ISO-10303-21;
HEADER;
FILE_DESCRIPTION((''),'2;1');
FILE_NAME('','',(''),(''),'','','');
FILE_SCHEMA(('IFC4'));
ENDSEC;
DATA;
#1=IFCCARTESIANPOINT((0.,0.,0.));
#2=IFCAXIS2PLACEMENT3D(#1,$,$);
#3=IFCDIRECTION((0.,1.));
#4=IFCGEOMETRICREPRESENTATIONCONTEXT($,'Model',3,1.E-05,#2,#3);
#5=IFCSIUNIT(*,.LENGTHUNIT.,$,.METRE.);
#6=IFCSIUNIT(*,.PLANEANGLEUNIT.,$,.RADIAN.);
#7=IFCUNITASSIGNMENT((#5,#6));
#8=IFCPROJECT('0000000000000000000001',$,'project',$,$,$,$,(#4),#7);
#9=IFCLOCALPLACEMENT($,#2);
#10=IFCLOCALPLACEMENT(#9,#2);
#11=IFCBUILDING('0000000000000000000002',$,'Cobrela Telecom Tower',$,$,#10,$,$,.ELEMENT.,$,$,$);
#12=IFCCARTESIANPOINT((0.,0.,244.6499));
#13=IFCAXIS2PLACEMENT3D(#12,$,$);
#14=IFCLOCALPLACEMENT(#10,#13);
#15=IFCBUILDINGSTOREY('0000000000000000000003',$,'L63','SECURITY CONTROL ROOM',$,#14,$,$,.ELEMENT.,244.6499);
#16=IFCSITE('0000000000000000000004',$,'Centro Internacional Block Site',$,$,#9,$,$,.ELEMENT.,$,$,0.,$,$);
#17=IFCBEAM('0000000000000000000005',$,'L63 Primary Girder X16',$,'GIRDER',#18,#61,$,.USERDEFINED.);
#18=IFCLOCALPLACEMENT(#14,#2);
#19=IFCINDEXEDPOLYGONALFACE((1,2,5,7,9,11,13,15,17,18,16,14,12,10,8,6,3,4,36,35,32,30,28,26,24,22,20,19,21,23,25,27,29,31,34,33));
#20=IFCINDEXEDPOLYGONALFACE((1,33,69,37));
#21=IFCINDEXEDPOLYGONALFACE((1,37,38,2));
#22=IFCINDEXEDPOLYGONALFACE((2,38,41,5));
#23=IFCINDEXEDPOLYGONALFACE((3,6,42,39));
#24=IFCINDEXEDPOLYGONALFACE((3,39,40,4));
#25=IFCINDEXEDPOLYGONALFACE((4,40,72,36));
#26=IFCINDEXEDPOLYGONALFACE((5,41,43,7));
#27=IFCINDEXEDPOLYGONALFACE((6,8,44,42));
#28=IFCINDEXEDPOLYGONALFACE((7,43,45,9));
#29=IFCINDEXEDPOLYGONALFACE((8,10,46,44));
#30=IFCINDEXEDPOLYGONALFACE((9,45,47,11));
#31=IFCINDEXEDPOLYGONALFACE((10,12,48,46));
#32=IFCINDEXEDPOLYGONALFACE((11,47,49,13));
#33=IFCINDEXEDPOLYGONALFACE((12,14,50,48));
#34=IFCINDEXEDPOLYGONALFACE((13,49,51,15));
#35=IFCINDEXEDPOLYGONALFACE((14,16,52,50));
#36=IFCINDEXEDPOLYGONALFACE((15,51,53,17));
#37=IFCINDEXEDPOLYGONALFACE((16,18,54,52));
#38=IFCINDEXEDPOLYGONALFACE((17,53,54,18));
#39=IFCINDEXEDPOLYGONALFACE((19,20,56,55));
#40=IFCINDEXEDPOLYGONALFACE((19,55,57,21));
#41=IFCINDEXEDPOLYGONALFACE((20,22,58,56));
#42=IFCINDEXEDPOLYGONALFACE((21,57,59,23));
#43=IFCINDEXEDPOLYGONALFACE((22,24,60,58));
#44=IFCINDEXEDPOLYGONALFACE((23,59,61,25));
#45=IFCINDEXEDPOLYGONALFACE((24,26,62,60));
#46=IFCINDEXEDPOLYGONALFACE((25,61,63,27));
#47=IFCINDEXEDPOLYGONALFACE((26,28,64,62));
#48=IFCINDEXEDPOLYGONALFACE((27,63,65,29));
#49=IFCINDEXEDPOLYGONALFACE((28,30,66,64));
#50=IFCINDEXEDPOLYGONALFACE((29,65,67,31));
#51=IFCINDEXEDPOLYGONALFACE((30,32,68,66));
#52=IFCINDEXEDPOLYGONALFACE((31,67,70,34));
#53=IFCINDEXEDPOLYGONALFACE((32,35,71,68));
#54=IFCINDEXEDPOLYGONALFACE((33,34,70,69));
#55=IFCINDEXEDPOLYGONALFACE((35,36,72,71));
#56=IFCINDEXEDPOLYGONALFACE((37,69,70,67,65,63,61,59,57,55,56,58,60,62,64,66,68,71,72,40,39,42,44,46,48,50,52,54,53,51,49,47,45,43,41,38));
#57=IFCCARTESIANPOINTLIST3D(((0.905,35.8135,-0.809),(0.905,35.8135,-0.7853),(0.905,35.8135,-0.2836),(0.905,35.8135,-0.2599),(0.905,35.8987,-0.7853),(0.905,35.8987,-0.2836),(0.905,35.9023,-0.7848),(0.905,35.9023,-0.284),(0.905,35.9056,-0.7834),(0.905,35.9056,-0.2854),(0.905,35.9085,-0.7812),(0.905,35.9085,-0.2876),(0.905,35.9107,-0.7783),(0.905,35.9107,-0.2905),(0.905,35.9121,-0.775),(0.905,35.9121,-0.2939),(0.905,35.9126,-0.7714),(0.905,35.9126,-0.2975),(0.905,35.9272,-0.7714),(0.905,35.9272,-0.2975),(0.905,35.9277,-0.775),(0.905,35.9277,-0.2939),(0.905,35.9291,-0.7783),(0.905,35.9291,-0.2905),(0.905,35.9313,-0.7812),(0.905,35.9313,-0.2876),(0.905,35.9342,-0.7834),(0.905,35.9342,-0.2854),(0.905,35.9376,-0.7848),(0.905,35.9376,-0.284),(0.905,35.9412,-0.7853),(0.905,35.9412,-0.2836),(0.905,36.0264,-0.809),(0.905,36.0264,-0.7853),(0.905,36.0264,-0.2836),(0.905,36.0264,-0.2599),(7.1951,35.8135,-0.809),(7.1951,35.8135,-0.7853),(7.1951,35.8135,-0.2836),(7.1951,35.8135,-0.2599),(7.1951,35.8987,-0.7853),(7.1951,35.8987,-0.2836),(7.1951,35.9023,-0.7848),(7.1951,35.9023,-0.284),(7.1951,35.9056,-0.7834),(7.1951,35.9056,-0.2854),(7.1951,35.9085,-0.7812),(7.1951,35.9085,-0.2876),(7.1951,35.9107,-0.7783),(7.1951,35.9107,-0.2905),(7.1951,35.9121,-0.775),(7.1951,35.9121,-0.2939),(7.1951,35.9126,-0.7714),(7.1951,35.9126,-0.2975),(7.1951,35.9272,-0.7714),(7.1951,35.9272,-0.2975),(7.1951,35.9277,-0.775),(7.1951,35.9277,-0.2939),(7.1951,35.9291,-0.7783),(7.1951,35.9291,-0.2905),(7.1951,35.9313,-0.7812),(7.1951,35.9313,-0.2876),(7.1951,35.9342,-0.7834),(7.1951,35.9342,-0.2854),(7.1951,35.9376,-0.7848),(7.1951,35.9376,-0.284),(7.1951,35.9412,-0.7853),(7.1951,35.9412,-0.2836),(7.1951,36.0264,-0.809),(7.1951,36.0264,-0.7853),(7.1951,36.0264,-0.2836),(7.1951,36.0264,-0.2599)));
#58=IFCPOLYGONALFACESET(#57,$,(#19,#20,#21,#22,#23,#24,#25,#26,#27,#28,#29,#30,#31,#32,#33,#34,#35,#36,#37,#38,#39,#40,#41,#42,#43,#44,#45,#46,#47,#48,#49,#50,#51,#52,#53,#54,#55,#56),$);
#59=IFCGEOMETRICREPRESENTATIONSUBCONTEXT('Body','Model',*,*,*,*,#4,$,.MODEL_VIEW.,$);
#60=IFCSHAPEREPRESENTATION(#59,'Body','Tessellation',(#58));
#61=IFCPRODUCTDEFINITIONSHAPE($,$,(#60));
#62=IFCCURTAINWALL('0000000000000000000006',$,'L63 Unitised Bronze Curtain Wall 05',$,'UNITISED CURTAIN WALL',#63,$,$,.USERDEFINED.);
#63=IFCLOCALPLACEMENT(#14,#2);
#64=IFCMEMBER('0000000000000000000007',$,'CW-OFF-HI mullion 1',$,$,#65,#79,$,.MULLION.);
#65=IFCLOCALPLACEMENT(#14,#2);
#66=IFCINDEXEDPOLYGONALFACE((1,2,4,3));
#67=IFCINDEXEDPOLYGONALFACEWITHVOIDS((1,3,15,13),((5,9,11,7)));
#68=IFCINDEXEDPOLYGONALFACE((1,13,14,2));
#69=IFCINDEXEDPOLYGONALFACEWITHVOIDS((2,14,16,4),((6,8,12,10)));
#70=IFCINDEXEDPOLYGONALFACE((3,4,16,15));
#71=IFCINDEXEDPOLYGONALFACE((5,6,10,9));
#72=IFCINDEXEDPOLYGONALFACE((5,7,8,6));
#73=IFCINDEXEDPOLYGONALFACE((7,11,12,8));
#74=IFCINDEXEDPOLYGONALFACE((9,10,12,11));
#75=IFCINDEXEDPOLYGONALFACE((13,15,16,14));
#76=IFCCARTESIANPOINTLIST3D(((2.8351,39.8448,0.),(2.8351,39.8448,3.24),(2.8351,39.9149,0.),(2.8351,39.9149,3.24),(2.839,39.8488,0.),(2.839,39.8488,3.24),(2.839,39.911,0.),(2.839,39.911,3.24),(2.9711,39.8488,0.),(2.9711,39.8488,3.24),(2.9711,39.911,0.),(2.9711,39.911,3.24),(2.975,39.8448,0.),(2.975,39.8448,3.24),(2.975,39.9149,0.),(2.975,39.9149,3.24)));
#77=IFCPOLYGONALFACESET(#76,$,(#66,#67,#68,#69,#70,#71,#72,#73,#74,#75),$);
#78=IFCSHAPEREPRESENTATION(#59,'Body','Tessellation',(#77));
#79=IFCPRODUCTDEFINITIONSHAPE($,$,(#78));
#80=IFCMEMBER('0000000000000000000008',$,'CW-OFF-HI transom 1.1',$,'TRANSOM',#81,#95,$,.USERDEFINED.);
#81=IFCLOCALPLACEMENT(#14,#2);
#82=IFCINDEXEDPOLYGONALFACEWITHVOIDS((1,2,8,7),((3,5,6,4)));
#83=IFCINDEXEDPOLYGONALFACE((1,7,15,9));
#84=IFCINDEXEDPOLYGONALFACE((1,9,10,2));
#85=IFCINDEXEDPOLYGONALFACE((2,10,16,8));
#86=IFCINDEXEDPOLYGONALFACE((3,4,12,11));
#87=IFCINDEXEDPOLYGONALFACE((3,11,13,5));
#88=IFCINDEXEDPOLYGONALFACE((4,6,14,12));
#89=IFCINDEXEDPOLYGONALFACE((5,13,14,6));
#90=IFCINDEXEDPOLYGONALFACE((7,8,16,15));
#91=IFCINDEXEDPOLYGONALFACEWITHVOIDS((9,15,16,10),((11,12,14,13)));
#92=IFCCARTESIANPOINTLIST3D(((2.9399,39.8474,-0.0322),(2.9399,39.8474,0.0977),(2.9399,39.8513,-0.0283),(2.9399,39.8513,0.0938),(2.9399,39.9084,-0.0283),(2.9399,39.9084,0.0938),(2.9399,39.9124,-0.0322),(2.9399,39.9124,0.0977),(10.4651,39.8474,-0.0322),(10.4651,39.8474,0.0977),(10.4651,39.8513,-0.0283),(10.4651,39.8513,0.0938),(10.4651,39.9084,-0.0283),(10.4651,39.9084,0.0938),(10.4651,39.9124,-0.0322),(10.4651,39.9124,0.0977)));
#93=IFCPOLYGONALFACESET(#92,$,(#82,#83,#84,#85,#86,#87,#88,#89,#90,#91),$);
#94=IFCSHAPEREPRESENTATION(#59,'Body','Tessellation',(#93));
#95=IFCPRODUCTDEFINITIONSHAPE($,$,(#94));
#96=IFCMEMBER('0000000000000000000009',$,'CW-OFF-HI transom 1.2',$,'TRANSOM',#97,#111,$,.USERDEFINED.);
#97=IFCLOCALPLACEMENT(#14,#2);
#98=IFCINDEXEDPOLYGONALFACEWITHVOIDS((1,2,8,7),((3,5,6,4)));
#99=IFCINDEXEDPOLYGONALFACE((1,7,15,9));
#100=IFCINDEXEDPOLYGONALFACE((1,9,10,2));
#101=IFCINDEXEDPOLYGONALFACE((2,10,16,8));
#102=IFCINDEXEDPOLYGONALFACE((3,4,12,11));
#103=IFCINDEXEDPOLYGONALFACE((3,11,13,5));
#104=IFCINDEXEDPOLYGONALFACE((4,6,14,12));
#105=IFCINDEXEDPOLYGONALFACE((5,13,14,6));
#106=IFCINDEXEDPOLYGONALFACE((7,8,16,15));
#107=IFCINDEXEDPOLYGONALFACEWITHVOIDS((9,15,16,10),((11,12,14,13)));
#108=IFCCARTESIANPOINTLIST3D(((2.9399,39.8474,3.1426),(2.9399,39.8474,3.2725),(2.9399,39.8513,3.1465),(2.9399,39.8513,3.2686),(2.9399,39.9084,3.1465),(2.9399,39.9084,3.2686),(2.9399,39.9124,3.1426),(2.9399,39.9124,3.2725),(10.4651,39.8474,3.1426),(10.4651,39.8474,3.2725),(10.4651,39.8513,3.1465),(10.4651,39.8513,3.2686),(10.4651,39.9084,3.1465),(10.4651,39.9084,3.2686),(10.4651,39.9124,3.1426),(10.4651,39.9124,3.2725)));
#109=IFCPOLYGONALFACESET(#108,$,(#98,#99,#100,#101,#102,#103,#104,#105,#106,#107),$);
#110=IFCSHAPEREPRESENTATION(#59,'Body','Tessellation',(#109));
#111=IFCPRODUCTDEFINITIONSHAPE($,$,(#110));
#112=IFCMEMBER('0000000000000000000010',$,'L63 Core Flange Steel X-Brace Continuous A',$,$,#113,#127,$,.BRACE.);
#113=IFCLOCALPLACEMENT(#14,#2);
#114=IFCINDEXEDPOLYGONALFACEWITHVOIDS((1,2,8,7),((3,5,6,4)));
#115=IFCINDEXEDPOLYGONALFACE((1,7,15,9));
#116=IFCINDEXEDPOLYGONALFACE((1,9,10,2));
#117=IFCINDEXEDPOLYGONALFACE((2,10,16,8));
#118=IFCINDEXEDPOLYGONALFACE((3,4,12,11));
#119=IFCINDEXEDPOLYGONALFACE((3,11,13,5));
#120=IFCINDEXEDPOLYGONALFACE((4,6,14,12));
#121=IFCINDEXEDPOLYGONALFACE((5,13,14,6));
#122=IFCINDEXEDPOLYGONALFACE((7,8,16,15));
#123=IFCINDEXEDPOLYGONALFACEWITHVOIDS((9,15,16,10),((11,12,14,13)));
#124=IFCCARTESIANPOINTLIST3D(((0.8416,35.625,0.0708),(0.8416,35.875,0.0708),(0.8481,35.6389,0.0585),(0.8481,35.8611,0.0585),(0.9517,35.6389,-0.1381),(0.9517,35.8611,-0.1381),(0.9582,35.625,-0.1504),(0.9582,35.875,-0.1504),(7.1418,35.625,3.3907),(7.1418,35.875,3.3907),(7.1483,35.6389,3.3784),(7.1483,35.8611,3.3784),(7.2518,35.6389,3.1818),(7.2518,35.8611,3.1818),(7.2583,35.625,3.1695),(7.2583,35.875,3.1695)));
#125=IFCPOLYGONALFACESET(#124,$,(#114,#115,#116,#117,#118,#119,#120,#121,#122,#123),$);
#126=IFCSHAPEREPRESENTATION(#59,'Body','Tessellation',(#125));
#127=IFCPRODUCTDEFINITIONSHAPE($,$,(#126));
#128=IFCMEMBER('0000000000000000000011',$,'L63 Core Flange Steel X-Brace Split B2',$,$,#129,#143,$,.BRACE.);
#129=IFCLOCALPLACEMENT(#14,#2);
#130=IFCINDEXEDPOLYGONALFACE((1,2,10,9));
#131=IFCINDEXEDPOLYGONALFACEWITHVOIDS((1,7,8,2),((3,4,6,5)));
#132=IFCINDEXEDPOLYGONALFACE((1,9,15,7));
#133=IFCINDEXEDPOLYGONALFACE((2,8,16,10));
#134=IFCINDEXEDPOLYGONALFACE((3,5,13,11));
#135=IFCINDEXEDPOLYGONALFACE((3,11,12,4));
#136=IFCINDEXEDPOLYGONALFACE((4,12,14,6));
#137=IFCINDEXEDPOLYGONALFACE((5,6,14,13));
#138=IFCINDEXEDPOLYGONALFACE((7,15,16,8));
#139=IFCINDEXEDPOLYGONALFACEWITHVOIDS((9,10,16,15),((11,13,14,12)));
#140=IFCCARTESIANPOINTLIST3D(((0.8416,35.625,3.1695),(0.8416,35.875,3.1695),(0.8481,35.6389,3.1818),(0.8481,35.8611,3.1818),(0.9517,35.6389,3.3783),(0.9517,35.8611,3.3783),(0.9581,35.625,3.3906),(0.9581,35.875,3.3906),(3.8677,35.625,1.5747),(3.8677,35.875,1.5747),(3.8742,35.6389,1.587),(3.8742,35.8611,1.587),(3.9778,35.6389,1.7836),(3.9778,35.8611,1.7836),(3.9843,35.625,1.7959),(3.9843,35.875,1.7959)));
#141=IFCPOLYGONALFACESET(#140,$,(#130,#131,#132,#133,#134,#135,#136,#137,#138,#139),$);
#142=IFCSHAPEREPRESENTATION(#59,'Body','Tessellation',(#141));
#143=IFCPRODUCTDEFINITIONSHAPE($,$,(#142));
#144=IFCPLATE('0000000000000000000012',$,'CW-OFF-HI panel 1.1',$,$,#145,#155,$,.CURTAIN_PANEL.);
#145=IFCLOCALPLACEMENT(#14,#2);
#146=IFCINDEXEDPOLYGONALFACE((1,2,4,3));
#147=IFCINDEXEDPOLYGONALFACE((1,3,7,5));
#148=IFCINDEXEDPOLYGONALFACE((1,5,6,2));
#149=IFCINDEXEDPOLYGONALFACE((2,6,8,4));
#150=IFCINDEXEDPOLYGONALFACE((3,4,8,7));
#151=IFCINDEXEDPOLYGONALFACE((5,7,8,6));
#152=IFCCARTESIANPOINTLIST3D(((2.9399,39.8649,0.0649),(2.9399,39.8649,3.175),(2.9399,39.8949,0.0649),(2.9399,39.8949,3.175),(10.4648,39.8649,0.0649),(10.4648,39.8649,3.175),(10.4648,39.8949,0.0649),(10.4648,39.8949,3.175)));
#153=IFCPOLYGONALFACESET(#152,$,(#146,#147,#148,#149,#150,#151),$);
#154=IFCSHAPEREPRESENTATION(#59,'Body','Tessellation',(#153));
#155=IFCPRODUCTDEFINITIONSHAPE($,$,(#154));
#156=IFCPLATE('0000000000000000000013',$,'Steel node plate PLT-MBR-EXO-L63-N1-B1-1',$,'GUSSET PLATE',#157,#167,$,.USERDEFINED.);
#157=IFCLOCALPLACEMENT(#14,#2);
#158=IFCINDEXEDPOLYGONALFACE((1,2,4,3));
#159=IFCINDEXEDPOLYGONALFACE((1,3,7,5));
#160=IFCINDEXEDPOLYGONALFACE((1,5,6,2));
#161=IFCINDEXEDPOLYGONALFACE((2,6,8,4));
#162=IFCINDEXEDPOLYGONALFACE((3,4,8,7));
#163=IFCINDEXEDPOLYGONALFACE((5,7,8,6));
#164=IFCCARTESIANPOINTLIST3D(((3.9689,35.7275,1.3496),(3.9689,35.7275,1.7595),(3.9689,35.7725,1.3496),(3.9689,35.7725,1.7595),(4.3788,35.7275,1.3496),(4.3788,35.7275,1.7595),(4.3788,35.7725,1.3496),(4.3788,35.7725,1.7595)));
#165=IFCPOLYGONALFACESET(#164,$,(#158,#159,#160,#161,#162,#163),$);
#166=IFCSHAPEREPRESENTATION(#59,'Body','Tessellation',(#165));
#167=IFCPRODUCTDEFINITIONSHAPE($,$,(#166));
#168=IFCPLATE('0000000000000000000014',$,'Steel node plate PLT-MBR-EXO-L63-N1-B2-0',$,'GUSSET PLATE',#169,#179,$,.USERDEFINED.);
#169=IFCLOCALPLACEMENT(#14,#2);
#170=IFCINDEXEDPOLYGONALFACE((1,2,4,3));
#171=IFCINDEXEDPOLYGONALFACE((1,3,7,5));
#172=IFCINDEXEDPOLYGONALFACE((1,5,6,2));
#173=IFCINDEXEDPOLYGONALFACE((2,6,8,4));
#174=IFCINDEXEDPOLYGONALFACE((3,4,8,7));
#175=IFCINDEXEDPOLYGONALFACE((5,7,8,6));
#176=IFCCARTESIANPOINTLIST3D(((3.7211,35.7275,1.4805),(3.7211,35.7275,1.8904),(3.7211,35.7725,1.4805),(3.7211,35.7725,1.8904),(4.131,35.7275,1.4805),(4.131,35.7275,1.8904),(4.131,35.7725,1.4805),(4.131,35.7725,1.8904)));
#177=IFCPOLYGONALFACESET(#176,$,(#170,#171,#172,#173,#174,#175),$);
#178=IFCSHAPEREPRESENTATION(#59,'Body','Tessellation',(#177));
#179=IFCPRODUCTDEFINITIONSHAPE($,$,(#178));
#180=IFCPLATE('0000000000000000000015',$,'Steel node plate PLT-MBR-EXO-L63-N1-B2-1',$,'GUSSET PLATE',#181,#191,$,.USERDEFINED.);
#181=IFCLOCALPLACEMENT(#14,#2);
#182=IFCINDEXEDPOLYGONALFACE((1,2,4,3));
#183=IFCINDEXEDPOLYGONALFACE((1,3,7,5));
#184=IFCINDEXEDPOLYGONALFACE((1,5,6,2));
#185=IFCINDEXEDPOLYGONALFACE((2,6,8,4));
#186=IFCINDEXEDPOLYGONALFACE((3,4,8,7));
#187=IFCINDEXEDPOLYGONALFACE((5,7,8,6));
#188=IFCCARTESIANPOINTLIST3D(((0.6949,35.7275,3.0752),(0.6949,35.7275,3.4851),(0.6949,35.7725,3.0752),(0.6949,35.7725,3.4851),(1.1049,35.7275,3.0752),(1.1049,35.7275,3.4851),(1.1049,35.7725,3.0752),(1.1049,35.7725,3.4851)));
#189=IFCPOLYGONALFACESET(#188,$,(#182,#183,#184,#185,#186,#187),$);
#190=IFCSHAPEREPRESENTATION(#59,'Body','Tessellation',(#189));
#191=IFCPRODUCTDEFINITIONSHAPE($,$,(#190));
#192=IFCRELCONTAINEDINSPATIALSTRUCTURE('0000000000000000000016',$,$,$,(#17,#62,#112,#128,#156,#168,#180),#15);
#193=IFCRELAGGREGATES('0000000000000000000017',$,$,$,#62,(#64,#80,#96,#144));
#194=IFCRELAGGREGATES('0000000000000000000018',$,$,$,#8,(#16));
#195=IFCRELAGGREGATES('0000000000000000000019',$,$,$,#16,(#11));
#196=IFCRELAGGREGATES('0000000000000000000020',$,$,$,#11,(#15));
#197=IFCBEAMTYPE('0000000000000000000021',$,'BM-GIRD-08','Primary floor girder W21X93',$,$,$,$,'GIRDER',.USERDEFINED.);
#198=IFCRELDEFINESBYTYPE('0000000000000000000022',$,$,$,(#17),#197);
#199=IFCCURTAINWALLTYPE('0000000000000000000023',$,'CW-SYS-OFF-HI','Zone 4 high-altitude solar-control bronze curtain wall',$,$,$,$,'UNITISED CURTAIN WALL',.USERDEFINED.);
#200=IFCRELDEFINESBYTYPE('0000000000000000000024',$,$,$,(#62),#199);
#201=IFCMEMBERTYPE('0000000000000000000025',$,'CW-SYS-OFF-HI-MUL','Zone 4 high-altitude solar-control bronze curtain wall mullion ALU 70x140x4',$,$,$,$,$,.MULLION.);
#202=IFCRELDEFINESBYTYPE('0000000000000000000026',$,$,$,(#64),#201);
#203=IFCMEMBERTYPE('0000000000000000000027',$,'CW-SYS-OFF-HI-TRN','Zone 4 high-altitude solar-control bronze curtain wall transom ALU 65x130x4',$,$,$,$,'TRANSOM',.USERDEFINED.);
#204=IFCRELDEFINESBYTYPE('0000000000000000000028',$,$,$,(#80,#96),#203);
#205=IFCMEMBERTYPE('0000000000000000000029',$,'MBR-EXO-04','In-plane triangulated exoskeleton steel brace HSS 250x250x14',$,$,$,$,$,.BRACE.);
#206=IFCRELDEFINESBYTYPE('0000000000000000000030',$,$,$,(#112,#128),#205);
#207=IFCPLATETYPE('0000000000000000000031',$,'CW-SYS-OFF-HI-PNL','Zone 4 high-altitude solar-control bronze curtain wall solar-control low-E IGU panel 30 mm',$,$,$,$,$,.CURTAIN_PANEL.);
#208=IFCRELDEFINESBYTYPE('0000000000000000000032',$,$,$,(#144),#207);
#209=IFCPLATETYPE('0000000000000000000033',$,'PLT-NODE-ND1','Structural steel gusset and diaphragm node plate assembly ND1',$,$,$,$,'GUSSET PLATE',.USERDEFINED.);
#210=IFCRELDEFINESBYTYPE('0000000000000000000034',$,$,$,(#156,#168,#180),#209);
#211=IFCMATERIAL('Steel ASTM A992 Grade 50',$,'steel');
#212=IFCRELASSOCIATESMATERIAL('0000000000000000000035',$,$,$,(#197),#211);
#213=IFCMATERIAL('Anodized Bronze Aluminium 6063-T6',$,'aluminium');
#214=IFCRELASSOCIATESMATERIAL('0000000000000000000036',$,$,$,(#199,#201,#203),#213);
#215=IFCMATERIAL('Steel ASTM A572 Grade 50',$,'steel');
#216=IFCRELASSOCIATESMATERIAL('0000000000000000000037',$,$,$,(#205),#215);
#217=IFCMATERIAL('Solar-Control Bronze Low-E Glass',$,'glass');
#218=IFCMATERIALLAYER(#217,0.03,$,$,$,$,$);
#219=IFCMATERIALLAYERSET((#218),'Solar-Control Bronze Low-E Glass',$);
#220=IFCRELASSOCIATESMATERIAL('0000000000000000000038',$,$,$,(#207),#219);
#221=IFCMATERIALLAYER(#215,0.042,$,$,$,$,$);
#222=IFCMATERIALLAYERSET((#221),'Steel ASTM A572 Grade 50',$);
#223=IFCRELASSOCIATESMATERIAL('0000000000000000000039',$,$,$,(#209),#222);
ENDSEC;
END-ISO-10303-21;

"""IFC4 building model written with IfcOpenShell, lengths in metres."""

from ifc_helpers import new_model, si_unit, direction, frame, origin, origin_2d, place, context, subcontext, project, spatial, rectangle, hollow_rectangle, i_section, extrude, material, layer, layer_set, material_profile, profile_set, type_object, element, aggregate, save


model = new_model("IFC4")

# Units and contexts
model_context = context("Model", 3, precision=1e-05, world=origin(), true_north=direction((0.0, 1.0)))
body_context = subcontext(model_context, "Body", "Model", "MODEL_VIEW")
ifc_project = project(units=[si_unit("LENGTHUNIT", "METRE"), si_unit("PLANEANGLEUNIT", "RADIAN")], contexts=[model_context])

# Site, building, storey
site_placement = place(None, origin())
site = spatial("IfcSite", under=ifc_project, at=site_placement, Name="Centro Internacional Block Site", CompositionType="ELEMENT", RefElevation=0.0)
building_placement = place(site_placement, origin())
building = spatial("IfcBuilding", under=site, at=building_placement, Name="Cobrela Telecom Tower", CompositionType="ELEMENT")
storey_placement = place(building_placement, frame((0.0, 0.0, 244.6499)))
storey = spatial("IfcBuildingStorey", under=building, at=storey_placement, Name="L63", Description="SECURITY CONTROL ROOM", CompositionType="ELEMENT", Elevation=244.6499)

# Beam
ifc_material_1 = material(Name="Steel ASTM A992 Grade 50", Category="steel")
ifc_material_profile_1 = material_profile(ifc_material_1, i_section(OverallWidth=0.2129, OverallDepth=0.5491, WebThickness=0.0146, FlangeThickness=0.0237, FilletRadius=0.0139, at=origin_2d()), Name="W21X93")
ifc_profile_set_1 = profile_set([ifc_material_profile_1], Name="Steel ASTM A992 Grade 50")
beam_type = type_object("IfcBeamType", Name="BM-GIRD-08", Description="Primary floor girder W21X93", ElementType="GIRDER", PredefinedType="USERDEFINED", material=ifc_profile_set_1)
beam_placement = place(storey_placement, frame((0.905, 35.9199, -0.5344), z_axis=(1.0, 0.0, 0.0), x_axis=(0.0, 1.0, 0.0)))
element("IfcBeam", 1, at=beam_placement, inside=storey, type_object=beam_type, Name="L63 Primary Girder X16", ObjectType="GIRDER", PredefinedType="USERDEFINED", context=body_context, shape_type="SweptSolid", body=[
    extrude(i_section(OverallWidth=0.2129, OverallDepth=0.5491, WebThickness=0.0146, FlangeThickness=0.0237, FilletRadius=0.0139, at=origin_2d()), origin(), (0.0, 0.0, 1.0), 6.29),
])

# Curtain wall, members
ifc_material_2 = material(Name="Anodized Bronze Aluminium 6063-T6", Category="aluminium")
curtain_wall_type = type_object("IfcCurtainWallType", Name="CW-SYS-OFF-HI", Description="Zone 4 high-altitude solar-control bronze curtain wall", ElementType="UNITISED CURTAIN WALL", PredefinedType="USERDEFINED", material=ifc_material_2)
curtain_wall_placement = place(storey_placement, origin())
curtain_wall = element("IfcCurtainWall", 2, at=curtain_wall_placement, inside=storey, type_object=curtain_wall_type, Name="L63 Unitised Bronze Curtain Wall 05", ObjectType="UNITISED CURTAIN WALL", PredefinedType="USERDEFINED")
ifc_material_profile_2 = material_profile(ifc_material_2, hollow_rectangle(XDim=0.0701, YDim=0.1399, WallThickness=0.0039, at=origin_2d()), Name="ALU 70x140x4")
ifc_profile_set_2 = profile_set([ifc_material_profile_2], Name="Anodized Bronze Aluminium 6063-T6")
member_type_1 = type_object("IfcMemberType", Name="CW-SYS-OFF-HI-MUL", Description="Zone 4 high-altitude solar-control bronze curtain wall mullion ALU 70x140x4", PredefinedType="MULLION", material=ifc_profile_set_2)
member_1_placement = place(storey_placement, frame((2.905, 39.8799, 0.0), z_axis=(0.0, 0.0, 1.0), x_axis=(0.0, 1.0, 0.0)))
member_1 = element("IfcMember", 3, at=member_1_placement, type_object=member_type_1, Name="CW-OFF-HI mullion 1", PredefinedType="MULLION", context=body_context, shape_type="SweptSolid", body=[
    extrude(hollow_rectangle(XDim=0.0701, YDim=0.1399, WallThickness=0.0039, at=origin_2d()), origin(), (0.0, 0.0, 1.0), 3.24),
])
ifc_material_profile_3 = material_profile(ifc_material_2, hollow_rectangle(XDim=0.0649, YDim=0.1299, WallThickness=0.0039, at=origin_2d()), Name="ALU 65x130x4")
ifc_profile_set_3 = profile_set([ifc_material_profile_3], Name="Anodized Bronze Aluminium 6063-T6")
member_type_2 = type_object("IfcMemberType", Name="CW-SYS-OFF-HI-TRN", Description="Zone 4 high-altitude solar-control bronze curtain wall transom ALU 65x130x4", ElementType="TRANSOM", PredefinedType="USERDEFINED", material=ifc_profile_set_3)
member_2_placement = place(storey_placement, frame((2.9399, 39.8799, 0.0327), z_axis=(1.0, 0.0, 0.0), x_axis=(0.0, 1.0, 0.0)))
member_2 = element("IfcMember", 4, at=member_2_placement, type_object=member_type_2, Name="CW-OFF-HI transom 1.1", ObjectType="TRANSOM", PredefinedType="USERDEFINED", context=body_context, shape_type="SweptSolid", body=[
    extrude(hollow_rectangle(XDim=0.0649, YDim=0.1299, WallThickness=0.0039, at=origin_2d()), origin(), (0.0, 0.0, 1.0), 7.5251),
])
member_3_placement = place(storey_placement, frame((2.9399, 39.8799, 3.2075), z_axis=(1.0, 0.0, 0.0), x_axis=(0.0, 1.0, 0.0)))
member_3 = element("IfcMember", 5, at=member_3_placement, type_object=member_type_2, Name="CW-OFF-HI transom 1.2", ObjectType="TRANSOM", PredefinedType="USERDEFINED", context=body_context, shape_type="SweptSolid", body=[
    extrude(hollow_rectangle(XDim=0.0649, YDim=0.1299, WallThickness=0.0039, at=origin_2d()), origin(), (0.0, 0.0, 1.0), 7.5251),
])

# Members
ifc_material_3 = material(Name="Steel ASTM A572 Grade 50", Category="steel")
ifc_material_profile_4 = material_profile(ifc_material_3, hollow_rectangle(XDim=0.25, YDim=0.25, WallThickness=0.0139, at=origin_2d()), Name="HSS 250x250x14")
ifc_profile_set_4 = profile_set([ifc_material_profile_4], Name="Steel ASTM A572 Grade 50")
member_type_3 = type_object("IfcMemberType", Name="MBR-EXO-04", Description="In-plane triangulated exoskeleton steel brace HSS 250x250x14", PredefinedType="BRACE", material=ifc_profile_set_4)
member_4_placement = place(storey_placement, frame((0.8999, 35.75, -0.0398), z_axis=(0.884686, 0.0, 0.466187), x_axis=(0.0, 1.0, 0.0)))
element("IfcMember", 6, at=member_4_placement, inside=storey, type_object=member_type_3, Name="L63 Core Flange Steel X-Brace Continuous A", PredefinedType="BRACE", context=body_context, shape_type="SweptSolid", body=[
    extrude(hollow_rectangle(XDim=0.25, YDim=0.25, WallThickness=0.0139, at=origin_2d()), origin(), (0.0, 0.0, 1.0), 7.1213),
])
member_5_placement = place(storey_placement, frame((3.926, 35.75, 1.6853), z_axis=(-0.884673, 0.0, 0.466211), x_axis=(0.0, -1.0, 0.0)))
element("IfcMember", 7, at=member_5_placement, inside=storey, type_object=member_type_3, Name="L63 Core Flange Steel X-Brace Split B2", PredefinedType="BRACE", context=body_context, shape_type="SweptSolid", body=[
    extrude(hollow_rectangle(XDim=0.25, YDim=0.25, WallThickness=0.0139, at=origin_2d()), origin(), (0.0, 0.0, 1.0), 3.4207),
])

# Plate
ifc_material_4 = material(Name="Solar-Control Bronze Low-E Glass", Category="glass")
ifc_layer_1 = layer(ifc_material_4, 0.03)
ifc_layer_set_1 = layer_set([ifc_layer_1], Name="Solar-Control Bronze Low-E Glass")
plate_type_1 = type_object("IfcPlateType", Name="CW-SYS-OFF-HI-PNL", Description="Zone 4 high-altitude solar-control bronze curtain wall solar-control low-E IGU panel 30 mm", PredefinedType="CURTAIN_PANEL", material=ifc_layer_set_1)
plate_1_placement = place(storey_placement, frame((6.7024, 39.8799, 0.0649), z_axis=(0.0, 0.0, 1.0), x_axis=(1.0, 0.0, 0.0)))
plate_1 = element("IfcPlate", 8, at=plate_1_placement, type_object=plate_type_1, Name="CW-OFF-HI panel 1.1", PredefinedType="CURTAIN_PANEL", context=body_context, shape_type="SweptSolid", body=[
    extrude(rectangle(XDim=7.5249, YDim=0.03, at=origin_2d()), origin(), (0.0, 0.0, 1.0), 3.1101),
])
aggregate(curtain_wall, [member_1, member_2, member_3, plate_1])

# Plates
ifc_layer_2 = layer(ifc_material_3, 0.042)
ifc_layer_set_2 = layer_set([ifc_layer_2], Name="Steel ASTM A572 Grade 50")
plate_type_2 = type_object("IfcPlateType", Name="PLT-NODE-ND1", Description="Structural steel gusset and diaphragm node plate assembly ND1", ElementType="GUSSET PLATE", PredefinedType="USERDEFINED", material=ifc_layer_set_2)
for number, where, z_axis, x_axis, name in (
    (9, (4.1738, 35.75, 1.3496), (0.0, 0.0, 1.0), (-1.0, 0.0, 0.0), "Steel node plate PLT-MBR-EXO-L63-N1-B1-1"),
    (10, (3.926, 35.75, 1.4805), (0.0, 0.0, 1.0), (-1.0, 0.0, 0.0), "Steel node plate PLT-MBR-EXO-L63-N1-B2-0"),
    (11, (0.8999, 35.75, 3.0752), (0.0, 0.0, 1.0), (-1.0, 0.0, 0.0), "Steel node plate PLT-MBR-EXO-L63-N1-B2-1"),
):
    element("IfcPlate", number, at=place(storey_placement, frame(where, z_axis=z_axis, x_axis=x_axis)), inside=storey, type_object=plate_type_2, Name=name, ObjectType="GUSSET PLATE", PredefinedType="USERDEFINED", context=body_context, shape_type="SweptSolid", body=[
        extrude(rectangle(XDim=0.4099, YDim=0.0449, at=origin_2d()), origin(), (0.0, 0.0, 1.0), 0.4099),
    ])

save(model, "model.ifc")
